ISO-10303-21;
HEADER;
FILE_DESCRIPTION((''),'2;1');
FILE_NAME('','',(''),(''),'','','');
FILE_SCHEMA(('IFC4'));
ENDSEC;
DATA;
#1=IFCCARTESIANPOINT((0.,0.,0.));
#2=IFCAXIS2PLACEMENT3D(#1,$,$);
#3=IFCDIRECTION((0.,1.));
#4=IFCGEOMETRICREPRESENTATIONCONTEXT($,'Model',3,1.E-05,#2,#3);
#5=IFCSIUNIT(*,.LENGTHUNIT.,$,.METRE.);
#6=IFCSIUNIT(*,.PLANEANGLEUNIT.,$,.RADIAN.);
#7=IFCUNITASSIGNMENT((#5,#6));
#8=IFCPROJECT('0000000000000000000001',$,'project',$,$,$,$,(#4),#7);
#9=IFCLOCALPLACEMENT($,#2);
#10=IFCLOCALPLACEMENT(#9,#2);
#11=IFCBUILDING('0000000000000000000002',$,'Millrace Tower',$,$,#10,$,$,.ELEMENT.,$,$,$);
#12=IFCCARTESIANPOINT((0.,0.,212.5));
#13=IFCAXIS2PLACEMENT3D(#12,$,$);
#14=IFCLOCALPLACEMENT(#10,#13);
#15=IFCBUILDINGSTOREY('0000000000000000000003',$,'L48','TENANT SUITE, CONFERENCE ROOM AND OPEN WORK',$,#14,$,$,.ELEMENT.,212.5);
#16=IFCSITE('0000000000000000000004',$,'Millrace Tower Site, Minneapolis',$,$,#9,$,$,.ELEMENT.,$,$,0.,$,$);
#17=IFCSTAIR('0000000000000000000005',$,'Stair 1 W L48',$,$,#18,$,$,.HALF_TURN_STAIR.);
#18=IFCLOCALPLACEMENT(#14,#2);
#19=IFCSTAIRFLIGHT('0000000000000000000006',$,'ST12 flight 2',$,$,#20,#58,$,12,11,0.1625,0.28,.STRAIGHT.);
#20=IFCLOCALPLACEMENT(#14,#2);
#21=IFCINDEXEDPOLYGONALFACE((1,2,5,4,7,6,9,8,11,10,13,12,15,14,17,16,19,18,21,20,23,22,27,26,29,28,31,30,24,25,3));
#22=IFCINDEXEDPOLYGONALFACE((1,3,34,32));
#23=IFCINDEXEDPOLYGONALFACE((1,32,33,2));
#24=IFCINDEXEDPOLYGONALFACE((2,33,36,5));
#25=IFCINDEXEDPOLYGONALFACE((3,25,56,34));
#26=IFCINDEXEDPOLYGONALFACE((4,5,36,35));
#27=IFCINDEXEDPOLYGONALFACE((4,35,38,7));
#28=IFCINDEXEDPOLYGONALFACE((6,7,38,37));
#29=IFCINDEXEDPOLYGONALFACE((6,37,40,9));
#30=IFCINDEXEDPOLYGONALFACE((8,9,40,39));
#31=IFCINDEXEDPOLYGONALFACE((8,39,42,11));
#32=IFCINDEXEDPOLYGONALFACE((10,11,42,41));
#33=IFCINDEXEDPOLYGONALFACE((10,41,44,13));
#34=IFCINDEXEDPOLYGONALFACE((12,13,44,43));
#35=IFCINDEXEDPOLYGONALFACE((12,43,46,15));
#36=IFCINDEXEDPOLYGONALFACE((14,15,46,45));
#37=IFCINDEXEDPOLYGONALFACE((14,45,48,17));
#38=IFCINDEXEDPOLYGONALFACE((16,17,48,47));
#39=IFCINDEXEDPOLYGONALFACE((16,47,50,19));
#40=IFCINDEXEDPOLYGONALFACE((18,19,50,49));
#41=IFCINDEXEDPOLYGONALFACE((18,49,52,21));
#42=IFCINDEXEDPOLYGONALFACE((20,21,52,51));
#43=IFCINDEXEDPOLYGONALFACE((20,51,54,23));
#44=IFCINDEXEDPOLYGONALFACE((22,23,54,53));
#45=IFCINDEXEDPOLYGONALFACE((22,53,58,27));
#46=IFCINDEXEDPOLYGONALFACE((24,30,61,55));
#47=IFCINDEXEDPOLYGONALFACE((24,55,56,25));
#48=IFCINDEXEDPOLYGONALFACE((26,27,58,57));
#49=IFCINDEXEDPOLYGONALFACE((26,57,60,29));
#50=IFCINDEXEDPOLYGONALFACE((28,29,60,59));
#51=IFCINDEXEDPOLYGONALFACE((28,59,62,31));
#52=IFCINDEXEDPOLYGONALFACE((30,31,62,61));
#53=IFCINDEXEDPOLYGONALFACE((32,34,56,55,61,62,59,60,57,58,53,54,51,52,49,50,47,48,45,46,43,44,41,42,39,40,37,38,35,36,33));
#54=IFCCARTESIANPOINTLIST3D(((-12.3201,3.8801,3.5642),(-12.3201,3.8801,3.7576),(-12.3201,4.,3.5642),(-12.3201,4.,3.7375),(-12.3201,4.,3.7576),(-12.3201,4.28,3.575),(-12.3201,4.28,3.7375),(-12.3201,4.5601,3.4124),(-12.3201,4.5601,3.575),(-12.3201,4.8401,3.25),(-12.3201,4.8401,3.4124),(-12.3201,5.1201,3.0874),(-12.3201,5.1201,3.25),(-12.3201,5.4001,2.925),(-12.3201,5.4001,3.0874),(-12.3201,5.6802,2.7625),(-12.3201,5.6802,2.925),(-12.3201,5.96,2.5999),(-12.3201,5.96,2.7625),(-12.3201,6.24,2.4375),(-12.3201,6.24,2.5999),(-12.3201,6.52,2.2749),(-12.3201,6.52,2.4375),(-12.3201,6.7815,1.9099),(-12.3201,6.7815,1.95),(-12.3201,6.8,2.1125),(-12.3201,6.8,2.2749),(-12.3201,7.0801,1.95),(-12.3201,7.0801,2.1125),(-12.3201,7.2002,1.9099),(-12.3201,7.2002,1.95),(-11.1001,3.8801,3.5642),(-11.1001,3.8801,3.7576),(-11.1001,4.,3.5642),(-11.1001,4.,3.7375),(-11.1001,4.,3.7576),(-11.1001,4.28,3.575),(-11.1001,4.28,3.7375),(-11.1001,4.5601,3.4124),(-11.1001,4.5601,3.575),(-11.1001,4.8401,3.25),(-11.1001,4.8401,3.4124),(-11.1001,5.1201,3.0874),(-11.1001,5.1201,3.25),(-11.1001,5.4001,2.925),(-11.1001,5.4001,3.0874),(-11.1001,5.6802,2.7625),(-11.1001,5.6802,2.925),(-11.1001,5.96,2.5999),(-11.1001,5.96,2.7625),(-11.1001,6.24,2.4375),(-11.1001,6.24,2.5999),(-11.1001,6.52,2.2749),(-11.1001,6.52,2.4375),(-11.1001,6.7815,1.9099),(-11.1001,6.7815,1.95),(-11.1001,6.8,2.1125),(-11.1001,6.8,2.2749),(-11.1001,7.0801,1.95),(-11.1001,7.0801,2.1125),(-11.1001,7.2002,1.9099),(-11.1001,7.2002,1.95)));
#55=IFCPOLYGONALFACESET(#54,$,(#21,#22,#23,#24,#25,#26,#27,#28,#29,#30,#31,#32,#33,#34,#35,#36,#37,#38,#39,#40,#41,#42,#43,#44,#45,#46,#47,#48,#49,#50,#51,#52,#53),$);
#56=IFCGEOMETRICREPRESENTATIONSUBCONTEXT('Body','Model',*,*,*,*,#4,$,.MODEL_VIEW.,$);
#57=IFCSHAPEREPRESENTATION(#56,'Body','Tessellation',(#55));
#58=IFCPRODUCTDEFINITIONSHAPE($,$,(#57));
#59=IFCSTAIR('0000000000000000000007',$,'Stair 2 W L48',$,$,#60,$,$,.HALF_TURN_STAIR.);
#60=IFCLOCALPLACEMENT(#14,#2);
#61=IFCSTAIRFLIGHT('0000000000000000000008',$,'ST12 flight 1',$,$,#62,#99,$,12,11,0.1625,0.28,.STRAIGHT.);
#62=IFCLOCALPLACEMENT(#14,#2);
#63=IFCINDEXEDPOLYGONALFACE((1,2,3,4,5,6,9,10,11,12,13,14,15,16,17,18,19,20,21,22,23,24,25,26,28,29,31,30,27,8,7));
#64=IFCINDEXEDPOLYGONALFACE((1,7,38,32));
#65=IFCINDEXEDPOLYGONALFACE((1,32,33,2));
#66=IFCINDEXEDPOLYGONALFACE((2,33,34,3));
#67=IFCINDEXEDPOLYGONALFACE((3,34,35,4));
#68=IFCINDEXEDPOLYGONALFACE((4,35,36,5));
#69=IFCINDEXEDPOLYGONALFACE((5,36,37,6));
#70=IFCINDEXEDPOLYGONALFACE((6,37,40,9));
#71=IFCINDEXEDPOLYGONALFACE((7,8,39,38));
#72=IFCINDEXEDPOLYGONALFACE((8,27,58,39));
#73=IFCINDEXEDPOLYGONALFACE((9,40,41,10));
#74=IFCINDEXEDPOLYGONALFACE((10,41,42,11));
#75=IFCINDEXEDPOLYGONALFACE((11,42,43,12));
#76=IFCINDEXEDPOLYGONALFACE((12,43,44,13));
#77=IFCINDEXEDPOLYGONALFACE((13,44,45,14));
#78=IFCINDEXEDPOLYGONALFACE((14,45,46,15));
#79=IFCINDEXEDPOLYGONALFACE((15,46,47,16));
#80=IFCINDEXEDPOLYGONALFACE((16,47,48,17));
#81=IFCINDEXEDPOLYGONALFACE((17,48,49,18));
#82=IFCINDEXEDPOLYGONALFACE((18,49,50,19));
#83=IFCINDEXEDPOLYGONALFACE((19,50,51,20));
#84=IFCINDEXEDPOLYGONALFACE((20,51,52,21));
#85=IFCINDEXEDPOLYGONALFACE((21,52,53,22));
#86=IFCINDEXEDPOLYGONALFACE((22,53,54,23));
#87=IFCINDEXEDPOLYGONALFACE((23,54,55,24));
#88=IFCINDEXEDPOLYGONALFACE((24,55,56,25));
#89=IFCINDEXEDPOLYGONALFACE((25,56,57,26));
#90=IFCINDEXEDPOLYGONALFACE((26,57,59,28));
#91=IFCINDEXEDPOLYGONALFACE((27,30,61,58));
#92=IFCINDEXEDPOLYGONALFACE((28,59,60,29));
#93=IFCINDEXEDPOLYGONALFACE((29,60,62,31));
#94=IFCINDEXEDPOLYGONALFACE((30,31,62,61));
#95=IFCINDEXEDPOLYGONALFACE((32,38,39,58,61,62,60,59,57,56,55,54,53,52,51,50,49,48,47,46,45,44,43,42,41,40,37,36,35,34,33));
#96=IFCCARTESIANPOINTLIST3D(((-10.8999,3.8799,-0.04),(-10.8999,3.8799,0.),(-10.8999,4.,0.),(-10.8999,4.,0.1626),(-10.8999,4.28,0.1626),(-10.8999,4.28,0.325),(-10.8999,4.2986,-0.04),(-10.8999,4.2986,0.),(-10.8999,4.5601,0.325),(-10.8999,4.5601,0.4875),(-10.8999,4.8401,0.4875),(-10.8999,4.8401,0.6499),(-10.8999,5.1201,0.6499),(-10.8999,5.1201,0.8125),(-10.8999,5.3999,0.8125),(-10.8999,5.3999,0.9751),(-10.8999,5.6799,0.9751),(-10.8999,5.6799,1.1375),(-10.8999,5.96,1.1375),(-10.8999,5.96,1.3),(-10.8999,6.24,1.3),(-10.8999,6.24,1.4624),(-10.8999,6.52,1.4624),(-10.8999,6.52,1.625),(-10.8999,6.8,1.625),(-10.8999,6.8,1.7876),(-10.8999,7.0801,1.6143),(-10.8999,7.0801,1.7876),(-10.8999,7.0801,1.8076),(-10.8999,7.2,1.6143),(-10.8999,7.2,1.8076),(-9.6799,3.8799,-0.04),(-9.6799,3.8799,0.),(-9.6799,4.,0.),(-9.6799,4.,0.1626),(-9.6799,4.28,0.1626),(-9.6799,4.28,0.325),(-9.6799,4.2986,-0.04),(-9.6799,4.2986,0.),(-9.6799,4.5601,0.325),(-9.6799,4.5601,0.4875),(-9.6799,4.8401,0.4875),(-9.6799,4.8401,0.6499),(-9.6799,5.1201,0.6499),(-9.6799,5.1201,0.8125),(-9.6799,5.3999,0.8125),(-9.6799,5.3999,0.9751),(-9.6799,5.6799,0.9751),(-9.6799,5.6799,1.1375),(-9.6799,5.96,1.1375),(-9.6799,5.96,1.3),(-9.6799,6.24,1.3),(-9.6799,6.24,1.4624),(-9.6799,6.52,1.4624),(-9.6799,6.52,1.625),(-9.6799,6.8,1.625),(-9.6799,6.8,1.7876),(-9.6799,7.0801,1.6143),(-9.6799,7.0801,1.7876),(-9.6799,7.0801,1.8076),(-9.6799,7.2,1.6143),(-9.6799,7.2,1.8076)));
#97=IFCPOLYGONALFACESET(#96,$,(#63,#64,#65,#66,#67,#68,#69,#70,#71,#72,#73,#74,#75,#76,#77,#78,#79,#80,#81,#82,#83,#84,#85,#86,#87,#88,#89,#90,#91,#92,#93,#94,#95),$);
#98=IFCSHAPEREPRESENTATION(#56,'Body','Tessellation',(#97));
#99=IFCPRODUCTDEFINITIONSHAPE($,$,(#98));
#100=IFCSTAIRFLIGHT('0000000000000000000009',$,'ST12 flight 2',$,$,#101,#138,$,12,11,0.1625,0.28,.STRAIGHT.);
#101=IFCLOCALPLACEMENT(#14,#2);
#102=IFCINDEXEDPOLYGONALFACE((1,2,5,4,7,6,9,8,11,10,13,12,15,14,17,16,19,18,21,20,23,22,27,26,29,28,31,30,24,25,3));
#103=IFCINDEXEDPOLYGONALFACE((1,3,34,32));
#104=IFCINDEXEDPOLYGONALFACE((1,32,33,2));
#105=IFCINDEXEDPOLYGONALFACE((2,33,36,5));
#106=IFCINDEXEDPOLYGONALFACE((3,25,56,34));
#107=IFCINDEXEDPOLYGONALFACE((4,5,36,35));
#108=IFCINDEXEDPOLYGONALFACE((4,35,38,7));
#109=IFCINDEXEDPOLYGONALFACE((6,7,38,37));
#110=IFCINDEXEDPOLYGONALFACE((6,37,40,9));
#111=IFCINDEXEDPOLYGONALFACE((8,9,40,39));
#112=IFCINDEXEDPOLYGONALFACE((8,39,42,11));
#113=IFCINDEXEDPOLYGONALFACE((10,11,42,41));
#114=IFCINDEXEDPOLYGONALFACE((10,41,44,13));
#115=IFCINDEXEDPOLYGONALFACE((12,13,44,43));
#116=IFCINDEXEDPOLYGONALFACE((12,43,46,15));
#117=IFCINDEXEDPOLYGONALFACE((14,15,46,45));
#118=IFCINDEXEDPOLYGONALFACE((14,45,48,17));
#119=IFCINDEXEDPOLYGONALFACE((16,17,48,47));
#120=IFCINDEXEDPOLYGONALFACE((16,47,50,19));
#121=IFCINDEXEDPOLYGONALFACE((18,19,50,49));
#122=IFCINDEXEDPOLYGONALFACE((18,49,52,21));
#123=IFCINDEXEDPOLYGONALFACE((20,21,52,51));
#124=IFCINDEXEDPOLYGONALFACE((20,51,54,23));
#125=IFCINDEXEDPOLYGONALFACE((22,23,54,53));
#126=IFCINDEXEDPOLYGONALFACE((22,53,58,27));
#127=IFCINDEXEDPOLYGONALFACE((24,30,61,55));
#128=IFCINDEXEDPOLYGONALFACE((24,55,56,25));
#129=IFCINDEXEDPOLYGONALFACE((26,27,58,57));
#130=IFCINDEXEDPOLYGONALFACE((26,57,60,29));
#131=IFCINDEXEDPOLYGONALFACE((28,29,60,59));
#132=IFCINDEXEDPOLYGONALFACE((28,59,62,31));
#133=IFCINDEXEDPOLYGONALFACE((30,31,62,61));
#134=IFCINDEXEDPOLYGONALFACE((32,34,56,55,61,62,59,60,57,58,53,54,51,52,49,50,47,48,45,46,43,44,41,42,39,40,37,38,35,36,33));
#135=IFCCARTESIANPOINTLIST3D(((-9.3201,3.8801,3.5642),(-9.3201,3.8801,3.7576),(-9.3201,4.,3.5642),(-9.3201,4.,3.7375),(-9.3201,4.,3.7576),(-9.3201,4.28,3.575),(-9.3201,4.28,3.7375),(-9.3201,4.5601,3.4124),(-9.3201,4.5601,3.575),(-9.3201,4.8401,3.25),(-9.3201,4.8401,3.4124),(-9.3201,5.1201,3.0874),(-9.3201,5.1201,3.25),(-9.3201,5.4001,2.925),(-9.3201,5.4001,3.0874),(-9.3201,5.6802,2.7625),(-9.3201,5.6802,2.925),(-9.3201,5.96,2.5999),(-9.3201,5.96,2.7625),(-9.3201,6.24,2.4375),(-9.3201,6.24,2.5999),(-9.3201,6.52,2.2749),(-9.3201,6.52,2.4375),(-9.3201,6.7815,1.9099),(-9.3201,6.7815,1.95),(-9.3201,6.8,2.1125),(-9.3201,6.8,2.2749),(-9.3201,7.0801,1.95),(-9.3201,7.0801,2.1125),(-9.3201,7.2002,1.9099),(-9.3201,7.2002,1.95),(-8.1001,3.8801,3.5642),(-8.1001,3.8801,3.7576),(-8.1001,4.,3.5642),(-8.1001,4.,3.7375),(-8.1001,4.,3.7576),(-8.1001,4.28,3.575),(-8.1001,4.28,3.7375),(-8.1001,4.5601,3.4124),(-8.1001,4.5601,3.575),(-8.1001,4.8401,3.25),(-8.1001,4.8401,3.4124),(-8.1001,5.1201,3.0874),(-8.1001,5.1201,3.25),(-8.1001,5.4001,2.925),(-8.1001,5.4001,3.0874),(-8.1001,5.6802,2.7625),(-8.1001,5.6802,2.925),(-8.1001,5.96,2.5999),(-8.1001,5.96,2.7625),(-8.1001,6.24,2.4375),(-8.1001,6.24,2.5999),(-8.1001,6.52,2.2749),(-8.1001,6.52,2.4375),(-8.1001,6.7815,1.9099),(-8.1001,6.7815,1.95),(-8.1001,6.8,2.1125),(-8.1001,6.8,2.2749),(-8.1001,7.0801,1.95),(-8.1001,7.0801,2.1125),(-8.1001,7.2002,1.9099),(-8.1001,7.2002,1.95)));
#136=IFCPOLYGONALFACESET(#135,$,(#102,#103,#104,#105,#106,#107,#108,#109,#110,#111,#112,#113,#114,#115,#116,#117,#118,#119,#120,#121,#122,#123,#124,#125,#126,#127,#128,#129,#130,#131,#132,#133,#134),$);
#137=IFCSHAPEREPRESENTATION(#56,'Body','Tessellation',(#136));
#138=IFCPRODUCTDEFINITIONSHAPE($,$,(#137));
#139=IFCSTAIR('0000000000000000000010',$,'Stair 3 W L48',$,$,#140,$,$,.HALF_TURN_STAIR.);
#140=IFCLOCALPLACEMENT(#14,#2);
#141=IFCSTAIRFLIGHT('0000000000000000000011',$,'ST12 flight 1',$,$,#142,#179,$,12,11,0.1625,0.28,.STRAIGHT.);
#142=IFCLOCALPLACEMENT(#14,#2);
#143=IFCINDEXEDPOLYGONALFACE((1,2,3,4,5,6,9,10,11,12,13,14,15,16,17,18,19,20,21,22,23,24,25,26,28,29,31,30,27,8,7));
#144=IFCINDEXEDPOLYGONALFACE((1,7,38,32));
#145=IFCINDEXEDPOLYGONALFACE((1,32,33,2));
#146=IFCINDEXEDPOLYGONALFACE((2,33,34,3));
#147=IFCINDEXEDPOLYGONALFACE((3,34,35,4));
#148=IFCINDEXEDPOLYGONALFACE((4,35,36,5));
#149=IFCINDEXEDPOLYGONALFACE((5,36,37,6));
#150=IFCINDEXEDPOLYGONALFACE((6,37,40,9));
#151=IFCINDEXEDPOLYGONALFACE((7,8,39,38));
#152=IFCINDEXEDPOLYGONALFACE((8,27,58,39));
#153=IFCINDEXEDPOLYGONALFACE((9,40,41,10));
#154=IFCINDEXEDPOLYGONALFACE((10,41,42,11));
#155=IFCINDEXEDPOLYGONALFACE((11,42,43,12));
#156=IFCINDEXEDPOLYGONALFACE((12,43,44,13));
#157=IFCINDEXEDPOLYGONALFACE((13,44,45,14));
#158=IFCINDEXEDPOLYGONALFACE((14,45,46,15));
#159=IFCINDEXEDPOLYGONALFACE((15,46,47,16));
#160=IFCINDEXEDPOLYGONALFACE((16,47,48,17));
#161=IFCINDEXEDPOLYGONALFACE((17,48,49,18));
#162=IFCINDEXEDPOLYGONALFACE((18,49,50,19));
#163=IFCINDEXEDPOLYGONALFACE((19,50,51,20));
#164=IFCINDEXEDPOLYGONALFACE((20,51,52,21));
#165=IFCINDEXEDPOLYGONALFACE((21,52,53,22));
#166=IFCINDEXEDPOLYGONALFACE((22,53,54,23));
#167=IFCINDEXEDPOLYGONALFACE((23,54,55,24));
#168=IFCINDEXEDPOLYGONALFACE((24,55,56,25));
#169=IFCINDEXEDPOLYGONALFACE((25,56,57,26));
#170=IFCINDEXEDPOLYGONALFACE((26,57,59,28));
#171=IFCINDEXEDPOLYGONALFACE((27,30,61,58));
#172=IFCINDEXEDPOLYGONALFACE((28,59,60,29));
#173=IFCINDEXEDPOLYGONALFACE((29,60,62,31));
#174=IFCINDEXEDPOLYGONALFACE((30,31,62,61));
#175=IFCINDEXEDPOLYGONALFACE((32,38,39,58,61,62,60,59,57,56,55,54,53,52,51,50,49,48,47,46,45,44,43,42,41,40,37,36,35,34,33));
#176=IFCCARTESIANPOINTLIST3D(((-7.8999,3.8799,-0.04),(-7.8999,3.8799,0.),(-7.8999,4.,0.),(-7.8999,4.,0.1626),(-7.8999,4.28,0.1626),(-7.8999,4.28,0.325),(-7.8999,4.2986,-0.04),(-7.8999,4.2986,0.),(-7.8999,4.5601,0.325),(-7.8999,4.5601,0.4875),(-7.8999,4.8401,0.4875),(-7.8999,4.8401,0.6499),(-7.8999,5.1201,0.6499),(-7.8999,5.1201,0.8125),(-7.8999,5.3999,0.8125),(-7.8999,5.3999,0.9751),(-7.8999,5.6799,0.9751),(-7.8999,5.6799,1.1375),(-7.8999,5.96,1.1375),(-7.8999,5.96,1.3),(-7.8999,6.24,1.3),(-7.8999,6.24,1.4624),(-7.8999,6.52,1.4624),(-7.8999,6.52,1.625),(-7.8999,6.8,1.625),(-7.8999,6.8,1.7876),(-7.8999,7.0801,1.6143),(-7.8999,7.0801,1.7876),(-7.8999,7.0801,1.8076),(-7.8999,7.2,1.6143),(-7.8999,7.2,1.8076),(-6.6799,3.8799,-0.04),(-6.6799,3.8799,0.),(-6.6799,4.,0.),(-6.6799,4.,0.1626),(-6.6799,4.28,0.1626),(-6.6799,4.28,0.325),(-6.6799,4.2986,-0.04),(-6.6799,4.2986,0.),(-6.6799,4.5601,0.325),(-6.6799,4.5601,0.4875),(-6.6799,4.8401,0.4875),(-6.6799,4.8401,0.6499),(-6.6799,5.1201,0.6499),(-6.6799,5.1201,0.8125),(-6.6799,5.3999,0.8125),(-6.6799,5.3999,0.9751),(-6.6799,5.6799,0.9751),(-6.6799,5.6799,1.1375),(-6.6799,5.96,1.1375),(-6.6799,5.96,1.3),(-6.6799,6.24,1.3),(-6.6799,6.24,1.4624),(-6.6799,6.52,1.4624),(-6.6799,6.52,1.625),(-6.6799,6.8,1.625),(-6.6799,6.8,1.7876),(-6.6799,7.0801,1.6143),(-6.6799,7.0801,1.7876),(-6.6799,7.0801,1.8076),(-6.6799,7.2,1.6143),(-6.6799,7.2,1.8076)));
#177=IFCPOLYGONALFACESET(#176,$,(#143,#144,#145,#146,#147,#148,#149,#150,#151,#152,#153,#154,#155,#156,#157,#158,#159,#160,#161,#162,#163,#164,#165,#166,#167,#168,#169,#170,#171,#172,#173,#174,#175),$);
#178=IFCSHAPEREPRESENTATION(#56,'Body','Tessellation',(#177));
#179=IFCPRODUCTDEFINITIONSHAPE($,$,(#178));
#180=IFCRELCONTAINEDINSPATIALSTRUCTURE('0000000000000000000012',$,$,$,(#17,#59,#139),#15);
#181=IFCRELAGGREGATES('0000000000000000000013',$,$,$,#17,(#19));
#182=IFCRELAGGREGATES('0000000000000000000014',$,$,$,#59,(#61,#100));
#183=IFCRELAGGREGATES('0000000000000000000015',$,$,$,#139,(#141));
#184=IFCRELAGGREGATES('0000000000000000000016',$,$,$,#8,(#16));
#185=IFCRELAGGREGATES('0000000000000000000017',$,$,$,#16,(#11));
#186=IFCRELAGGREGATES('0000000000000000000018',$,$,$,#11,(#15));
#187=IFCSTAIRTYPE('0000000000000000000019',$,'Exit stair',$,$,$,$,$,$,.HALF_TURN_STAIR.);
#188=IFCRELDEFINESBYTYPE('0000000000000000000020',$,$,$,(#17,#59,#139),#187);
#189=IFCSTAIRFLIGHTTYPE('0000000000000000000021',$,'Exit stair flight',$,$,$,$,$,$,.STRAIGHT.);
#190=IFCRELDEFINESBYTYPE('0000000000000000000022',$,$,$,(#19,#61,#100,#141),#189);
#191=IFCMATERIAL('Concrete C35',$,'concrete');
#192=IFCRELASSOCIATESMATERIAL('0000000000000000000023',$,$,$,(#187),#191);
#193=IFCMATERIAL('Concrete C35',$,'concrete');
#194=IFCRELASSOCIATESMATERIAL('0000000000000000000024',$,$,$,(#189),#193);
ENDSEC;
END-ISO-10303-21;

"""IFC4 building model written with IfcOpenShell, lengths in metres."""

from ifc_helpers import new_model, si_unit, direction, frame, origin, place, context, subcontext, project, spatial, polyline, outline, extrude, material, type_object, element, aggregate, save


model = new_model("IFC4")

# Units and contexts
model_context = context("Model", 3, precision=1e-05, world=origin(), true_north=direction((0.0, 1.0)))
body_context = subcontext(model_context, "Body", "Model", "MODEL_VIEW")
ifc_project = project(units=[si_unit("LENGTHUNIT", "METRE"), si_unit("PLANEANGLEUNIT", "RADIAN")], contexts=[model_context])

# Site, building, storey
site_placement = place(None, origin())
site = spatial("IfcSite", under=ifc_project, at=site_placement, Name="Millrace Tower Site, Minneapolis", CompositionType="ELEMENT", RefElevation=0.0)
building_placement = place(site_placement, origin())
building = spatial("IfcBuilding", under=site, at=building_placement, Name="Millrace Tower", CompositionType="ELEMENT")
storey_placement = place(building_placement, frame((0.0, 0.0, 212.5)))
storey = spatial("IfcBuildingStorey", under=building, at=storey_placement, Name="L48", Description="TENANT SUITE, CONFERENCE ROOM AND OPEN WORK", CompositionType="ELEMENT", Elevation=212.5)

# Shared definitions
placement = place(storey_placement, origin())

# Stair, stair flight
ifc_material_1 = material(Name="Concrete C35", Category="concrete")
stair_type = type_object("IfcStairType", Name="Exit stair", PredefinedType="HALF_TURN_STAIR", material=ifc_material_1)
stair_1 = element("IfcStair", 1, at=placement, inside=storey, type_object=stair_type, Name="Stair 1 W L48", PredefinedType="HALF_TURN_STAIR")
ifc_material_2 = material(Name="Concrete C35", Category="concrete")
stair_flight_type = type_object("IfcStairFlightType", Name="Exit stair flight", PredefinedType="STRAIGHT", material=ifc_material_2)
stair_flight_1_placement = place(storey_placement, frame((-11.71, 7.0801, 1.95), z_axis=(0.0, 0.0, 1.0), x_axis=(0.0, -1.0, 0.0)))
stair_flight_1 = element("IfcStairFlight", 2, at=stair_flight_1_placement, type_object=stair_flight_type, Name="ST12 flight 2", NumberOfRisers=12, NumberOfTreads=11, PredefinedType="STRAIGHT", RiserHeight=0.1625, TreadLength=0.28, context=body_context, shape_type="SweptSolid", body=[
    extrude(outline(polyline([(-0.1201, -0.04), (-0.1201, 0.0), (0.0, 0.0), (0.0, 0.1626), (0.28, 0.1626), (0.28, 0.325), (0.5601, 0.325), (0.5601, 0.4875), (0.8401, 0.4875), (0.8401, 0.6499), (1.1201, 0.6499), (1.1201, 0.8125), (1.3999, 0.8125), (1.3999, 0.9751), (1.6799, 0.9751), (1.6799, 1.1375), (1.96, 1.1375), (1.96, 1.3), (2.24, 1.3), (2.24, 1.4624), (2.52, 1.4624), (2.52, 1.625), (2.8, 1.625), (2.8, 1.7876), (3.0801, 1.7876), (3.0801, 1.8076), (3.2, 1.8076), (3.2, 1.6143), (3.0801, 1.6143), (0.2986, 0.0), (0.2986, -0.04), (-0.1201, -0.04)])), frame((0.0, 0.6099, 0.0), z_axis=(0.0, -1.0, 0.0), x_axis=(1.0, 0.0, 0.0)), (0.0, 0.0, 1.0), 1.22),
])
aggregate(stair_1, [stair_flight_1])

# Stairs, stair flights
stair_2 = element("IfcStair", 3, at=placement, inside=storey, type_object=stair_type, Name="Stair 2 W L48", PredefinedType="HALF_TURN_STAIR")
stair_flight_2_placement = place(storey_placement, frame((-10.29, 4.0, 0.0), z_axis=(0.0, 0.0, 1.0), x_axis=(0.0, 1.0, 0.0)))
stair_flight_2 = element("IfcStairFlight", 4, at=stair_flight_2_placement, type_object=stair_flight_type, Name="ST12 flight 1", NumberOfRisers=12, NumberOfTreads=11, PredefinedType="STRAIGHT", RiserHeight=0.1625, TreadLength=0.28, context=body_context, shape_type="SweptSolid", body=[
    extrude(outline(polyline([(-0.1201, -0.04), (-0.1201, 0.0), (0.0, 0.0), (0.0, 0.1626), (0.28, 0.1626), (0.28, 0.325), (0.5601, 0.325), (0.5601, 0.4875), (0.8401, 0.4875), (0.8401, 0.6499), (1.1201, 0.6499), (1.1201, 0.8125), (1.3999, 0.8125), (1.3999, 0.9751), (1.6799, 0.9751), (1.6799, 1.1375), (1.96, 1.1375), (1.96, 1.3), (2.24, 1.3), (2.24, 1.4624), (2.52, 1.4624), (2.52, 1.625), (2.8, 1.625), (2.8, 1.7876), (3.0801, 1.7876), (3.0801, 1.8076), (3.2, 1.8076), (3.2, 1.6143), (3.0801, 1.6143), (0.2986, 0.0), (0.2986, -0.04), (-0.1201, -0.04)])), frame((0.0, 0.6099, 0.0), z_axis=(0.0, -1.0, 0.0), x_axis=(1.0, 0.0, 0.0)), (0.0, 0.0, 1.0), 1.22),
])
stair_flight_3_placement = place(storey_placement, frame((-8.71, 7.0801, 1.95), z_axis=(0.0, 0.0, 1.0), x_axis=(0.0, -1.0, 0.0)))
stair_flight_3 = element("IfcStairFlight", 5, at=stair_flight_3_placement, type_object=stair_flight_type, Name="ST12 flight 2", NumberOfRisers=12, NumberOfTreads=11, PredefinedType="STRAIGHT", RiserHeight=0.1625, TreadLength=0.28, context=body_context, shape_type="SweptSolid", body=[
    extrude(outline(polyline([(-0.1201, -0.04), (-0.1201, 0.0), (0.0, 0.0), (0.0, 0.1626), (0.28, 0.1626), (0.28, 0.325), (0.5601, 0.325), (0.5601, 0.4875), (0.8401, 0.4875), (0.8401, 0.6499), (1.1201, 0.6499), (1.1201, 0.8125), (1.3999, 0.8125), (1.3999, 0.9751), (1.6799, 0.9751), (1.6799, 1.1375), (1.96, 1.1375), (1.96, 1.3), (2.24, 1.3), (2.24, 1.4624), (2.52, 1.4624), (2.52, 1.625), (2.8, 1.625), (2.8, 1.7876), (3.0801, 1.7876), (3.0801, 1.8076), (3.2, 1.8076), (3.2, 1.6143), (3.0801, 1.6143), (0.2986, 0.0), (0.2986, -0.04), (-0.1201, -0.04)])), frame((0.0, 0.6099, 0.0), z_axis=(0.0, -1.0, 0.0), x_axis=(1.0, 0.0, 0.0)), (0.0, 0.0, 1.0), 1.22),
])
aggregate(stair_2, [stair_flight_2, stair_flight_3])
stair_3 = element("IfcStair", 6, at=placement, inside=storey, type_object=stair_type, Name="Stair 3 W L48", PredefinedType="HALF_TURN_STAIR")
stair_flight_4_placement = place(storey_placement, frame((-7.29, 4.0, 0.0), z_axis=(0.0, 0.0, 1.0), x_axis=(0.0, 1.0, 0.0)))
stair_flight_4 = element("IfcStairFlight", 7, at=stair_flight_4_placement, type_object=stair_flight_type, Name="ST12 flight 1", NumberOfRisers=12, NumberOfTreads=11, PredefinedType="STRAIGHT", RiserHeight=0.1625, TreadLength=0.28, context=body_context, shape_type="SweptSolid", body=[
    extrude(outline(polyline([(-0.1201, -0.04), (-0.1201, 0.0), (0.0, 0.0), (0.0, 0.1626), (0.28, 0.1626), (0.28, 0.325), (0.5601, 0.325), (0.5601, 0.4875), (0.8401, 0.4875), (0.8401, 0.6499), (1.1201, 0.6499), (1.1201, 0.8125), (1.3999, 0.8125), (1.3999, 0.9751), (1.6799, 0.9751), (1.6799, 1.1375), (1.96, 1.1375), (1.96, 1.3), (2.24, 1.3), (2.24, 1.4624), (2.52, 1.4624), (2.52, 1.625), (2.8, 1.625), (2.8, 1.7876), (3.0801, 1.7876), (3.0801, 1.8076), (3.2, 1.8076), (3.2, 1.6143), (3.0801, 1.6143), (0.2986, 0.0), (0.2986, -0.04), (-0.1201, -0.04)])), frame((0.0, 0.6099, 0.0), z_axis=(0.0, -1.0, 0.0), x_axis=(1.0, 0.0, 0.0)), (0.0, 0.0, 1.0), 1.22),
])
aggregate(stair_3, [stair_flight_4])

save(model, "model.ifc")
